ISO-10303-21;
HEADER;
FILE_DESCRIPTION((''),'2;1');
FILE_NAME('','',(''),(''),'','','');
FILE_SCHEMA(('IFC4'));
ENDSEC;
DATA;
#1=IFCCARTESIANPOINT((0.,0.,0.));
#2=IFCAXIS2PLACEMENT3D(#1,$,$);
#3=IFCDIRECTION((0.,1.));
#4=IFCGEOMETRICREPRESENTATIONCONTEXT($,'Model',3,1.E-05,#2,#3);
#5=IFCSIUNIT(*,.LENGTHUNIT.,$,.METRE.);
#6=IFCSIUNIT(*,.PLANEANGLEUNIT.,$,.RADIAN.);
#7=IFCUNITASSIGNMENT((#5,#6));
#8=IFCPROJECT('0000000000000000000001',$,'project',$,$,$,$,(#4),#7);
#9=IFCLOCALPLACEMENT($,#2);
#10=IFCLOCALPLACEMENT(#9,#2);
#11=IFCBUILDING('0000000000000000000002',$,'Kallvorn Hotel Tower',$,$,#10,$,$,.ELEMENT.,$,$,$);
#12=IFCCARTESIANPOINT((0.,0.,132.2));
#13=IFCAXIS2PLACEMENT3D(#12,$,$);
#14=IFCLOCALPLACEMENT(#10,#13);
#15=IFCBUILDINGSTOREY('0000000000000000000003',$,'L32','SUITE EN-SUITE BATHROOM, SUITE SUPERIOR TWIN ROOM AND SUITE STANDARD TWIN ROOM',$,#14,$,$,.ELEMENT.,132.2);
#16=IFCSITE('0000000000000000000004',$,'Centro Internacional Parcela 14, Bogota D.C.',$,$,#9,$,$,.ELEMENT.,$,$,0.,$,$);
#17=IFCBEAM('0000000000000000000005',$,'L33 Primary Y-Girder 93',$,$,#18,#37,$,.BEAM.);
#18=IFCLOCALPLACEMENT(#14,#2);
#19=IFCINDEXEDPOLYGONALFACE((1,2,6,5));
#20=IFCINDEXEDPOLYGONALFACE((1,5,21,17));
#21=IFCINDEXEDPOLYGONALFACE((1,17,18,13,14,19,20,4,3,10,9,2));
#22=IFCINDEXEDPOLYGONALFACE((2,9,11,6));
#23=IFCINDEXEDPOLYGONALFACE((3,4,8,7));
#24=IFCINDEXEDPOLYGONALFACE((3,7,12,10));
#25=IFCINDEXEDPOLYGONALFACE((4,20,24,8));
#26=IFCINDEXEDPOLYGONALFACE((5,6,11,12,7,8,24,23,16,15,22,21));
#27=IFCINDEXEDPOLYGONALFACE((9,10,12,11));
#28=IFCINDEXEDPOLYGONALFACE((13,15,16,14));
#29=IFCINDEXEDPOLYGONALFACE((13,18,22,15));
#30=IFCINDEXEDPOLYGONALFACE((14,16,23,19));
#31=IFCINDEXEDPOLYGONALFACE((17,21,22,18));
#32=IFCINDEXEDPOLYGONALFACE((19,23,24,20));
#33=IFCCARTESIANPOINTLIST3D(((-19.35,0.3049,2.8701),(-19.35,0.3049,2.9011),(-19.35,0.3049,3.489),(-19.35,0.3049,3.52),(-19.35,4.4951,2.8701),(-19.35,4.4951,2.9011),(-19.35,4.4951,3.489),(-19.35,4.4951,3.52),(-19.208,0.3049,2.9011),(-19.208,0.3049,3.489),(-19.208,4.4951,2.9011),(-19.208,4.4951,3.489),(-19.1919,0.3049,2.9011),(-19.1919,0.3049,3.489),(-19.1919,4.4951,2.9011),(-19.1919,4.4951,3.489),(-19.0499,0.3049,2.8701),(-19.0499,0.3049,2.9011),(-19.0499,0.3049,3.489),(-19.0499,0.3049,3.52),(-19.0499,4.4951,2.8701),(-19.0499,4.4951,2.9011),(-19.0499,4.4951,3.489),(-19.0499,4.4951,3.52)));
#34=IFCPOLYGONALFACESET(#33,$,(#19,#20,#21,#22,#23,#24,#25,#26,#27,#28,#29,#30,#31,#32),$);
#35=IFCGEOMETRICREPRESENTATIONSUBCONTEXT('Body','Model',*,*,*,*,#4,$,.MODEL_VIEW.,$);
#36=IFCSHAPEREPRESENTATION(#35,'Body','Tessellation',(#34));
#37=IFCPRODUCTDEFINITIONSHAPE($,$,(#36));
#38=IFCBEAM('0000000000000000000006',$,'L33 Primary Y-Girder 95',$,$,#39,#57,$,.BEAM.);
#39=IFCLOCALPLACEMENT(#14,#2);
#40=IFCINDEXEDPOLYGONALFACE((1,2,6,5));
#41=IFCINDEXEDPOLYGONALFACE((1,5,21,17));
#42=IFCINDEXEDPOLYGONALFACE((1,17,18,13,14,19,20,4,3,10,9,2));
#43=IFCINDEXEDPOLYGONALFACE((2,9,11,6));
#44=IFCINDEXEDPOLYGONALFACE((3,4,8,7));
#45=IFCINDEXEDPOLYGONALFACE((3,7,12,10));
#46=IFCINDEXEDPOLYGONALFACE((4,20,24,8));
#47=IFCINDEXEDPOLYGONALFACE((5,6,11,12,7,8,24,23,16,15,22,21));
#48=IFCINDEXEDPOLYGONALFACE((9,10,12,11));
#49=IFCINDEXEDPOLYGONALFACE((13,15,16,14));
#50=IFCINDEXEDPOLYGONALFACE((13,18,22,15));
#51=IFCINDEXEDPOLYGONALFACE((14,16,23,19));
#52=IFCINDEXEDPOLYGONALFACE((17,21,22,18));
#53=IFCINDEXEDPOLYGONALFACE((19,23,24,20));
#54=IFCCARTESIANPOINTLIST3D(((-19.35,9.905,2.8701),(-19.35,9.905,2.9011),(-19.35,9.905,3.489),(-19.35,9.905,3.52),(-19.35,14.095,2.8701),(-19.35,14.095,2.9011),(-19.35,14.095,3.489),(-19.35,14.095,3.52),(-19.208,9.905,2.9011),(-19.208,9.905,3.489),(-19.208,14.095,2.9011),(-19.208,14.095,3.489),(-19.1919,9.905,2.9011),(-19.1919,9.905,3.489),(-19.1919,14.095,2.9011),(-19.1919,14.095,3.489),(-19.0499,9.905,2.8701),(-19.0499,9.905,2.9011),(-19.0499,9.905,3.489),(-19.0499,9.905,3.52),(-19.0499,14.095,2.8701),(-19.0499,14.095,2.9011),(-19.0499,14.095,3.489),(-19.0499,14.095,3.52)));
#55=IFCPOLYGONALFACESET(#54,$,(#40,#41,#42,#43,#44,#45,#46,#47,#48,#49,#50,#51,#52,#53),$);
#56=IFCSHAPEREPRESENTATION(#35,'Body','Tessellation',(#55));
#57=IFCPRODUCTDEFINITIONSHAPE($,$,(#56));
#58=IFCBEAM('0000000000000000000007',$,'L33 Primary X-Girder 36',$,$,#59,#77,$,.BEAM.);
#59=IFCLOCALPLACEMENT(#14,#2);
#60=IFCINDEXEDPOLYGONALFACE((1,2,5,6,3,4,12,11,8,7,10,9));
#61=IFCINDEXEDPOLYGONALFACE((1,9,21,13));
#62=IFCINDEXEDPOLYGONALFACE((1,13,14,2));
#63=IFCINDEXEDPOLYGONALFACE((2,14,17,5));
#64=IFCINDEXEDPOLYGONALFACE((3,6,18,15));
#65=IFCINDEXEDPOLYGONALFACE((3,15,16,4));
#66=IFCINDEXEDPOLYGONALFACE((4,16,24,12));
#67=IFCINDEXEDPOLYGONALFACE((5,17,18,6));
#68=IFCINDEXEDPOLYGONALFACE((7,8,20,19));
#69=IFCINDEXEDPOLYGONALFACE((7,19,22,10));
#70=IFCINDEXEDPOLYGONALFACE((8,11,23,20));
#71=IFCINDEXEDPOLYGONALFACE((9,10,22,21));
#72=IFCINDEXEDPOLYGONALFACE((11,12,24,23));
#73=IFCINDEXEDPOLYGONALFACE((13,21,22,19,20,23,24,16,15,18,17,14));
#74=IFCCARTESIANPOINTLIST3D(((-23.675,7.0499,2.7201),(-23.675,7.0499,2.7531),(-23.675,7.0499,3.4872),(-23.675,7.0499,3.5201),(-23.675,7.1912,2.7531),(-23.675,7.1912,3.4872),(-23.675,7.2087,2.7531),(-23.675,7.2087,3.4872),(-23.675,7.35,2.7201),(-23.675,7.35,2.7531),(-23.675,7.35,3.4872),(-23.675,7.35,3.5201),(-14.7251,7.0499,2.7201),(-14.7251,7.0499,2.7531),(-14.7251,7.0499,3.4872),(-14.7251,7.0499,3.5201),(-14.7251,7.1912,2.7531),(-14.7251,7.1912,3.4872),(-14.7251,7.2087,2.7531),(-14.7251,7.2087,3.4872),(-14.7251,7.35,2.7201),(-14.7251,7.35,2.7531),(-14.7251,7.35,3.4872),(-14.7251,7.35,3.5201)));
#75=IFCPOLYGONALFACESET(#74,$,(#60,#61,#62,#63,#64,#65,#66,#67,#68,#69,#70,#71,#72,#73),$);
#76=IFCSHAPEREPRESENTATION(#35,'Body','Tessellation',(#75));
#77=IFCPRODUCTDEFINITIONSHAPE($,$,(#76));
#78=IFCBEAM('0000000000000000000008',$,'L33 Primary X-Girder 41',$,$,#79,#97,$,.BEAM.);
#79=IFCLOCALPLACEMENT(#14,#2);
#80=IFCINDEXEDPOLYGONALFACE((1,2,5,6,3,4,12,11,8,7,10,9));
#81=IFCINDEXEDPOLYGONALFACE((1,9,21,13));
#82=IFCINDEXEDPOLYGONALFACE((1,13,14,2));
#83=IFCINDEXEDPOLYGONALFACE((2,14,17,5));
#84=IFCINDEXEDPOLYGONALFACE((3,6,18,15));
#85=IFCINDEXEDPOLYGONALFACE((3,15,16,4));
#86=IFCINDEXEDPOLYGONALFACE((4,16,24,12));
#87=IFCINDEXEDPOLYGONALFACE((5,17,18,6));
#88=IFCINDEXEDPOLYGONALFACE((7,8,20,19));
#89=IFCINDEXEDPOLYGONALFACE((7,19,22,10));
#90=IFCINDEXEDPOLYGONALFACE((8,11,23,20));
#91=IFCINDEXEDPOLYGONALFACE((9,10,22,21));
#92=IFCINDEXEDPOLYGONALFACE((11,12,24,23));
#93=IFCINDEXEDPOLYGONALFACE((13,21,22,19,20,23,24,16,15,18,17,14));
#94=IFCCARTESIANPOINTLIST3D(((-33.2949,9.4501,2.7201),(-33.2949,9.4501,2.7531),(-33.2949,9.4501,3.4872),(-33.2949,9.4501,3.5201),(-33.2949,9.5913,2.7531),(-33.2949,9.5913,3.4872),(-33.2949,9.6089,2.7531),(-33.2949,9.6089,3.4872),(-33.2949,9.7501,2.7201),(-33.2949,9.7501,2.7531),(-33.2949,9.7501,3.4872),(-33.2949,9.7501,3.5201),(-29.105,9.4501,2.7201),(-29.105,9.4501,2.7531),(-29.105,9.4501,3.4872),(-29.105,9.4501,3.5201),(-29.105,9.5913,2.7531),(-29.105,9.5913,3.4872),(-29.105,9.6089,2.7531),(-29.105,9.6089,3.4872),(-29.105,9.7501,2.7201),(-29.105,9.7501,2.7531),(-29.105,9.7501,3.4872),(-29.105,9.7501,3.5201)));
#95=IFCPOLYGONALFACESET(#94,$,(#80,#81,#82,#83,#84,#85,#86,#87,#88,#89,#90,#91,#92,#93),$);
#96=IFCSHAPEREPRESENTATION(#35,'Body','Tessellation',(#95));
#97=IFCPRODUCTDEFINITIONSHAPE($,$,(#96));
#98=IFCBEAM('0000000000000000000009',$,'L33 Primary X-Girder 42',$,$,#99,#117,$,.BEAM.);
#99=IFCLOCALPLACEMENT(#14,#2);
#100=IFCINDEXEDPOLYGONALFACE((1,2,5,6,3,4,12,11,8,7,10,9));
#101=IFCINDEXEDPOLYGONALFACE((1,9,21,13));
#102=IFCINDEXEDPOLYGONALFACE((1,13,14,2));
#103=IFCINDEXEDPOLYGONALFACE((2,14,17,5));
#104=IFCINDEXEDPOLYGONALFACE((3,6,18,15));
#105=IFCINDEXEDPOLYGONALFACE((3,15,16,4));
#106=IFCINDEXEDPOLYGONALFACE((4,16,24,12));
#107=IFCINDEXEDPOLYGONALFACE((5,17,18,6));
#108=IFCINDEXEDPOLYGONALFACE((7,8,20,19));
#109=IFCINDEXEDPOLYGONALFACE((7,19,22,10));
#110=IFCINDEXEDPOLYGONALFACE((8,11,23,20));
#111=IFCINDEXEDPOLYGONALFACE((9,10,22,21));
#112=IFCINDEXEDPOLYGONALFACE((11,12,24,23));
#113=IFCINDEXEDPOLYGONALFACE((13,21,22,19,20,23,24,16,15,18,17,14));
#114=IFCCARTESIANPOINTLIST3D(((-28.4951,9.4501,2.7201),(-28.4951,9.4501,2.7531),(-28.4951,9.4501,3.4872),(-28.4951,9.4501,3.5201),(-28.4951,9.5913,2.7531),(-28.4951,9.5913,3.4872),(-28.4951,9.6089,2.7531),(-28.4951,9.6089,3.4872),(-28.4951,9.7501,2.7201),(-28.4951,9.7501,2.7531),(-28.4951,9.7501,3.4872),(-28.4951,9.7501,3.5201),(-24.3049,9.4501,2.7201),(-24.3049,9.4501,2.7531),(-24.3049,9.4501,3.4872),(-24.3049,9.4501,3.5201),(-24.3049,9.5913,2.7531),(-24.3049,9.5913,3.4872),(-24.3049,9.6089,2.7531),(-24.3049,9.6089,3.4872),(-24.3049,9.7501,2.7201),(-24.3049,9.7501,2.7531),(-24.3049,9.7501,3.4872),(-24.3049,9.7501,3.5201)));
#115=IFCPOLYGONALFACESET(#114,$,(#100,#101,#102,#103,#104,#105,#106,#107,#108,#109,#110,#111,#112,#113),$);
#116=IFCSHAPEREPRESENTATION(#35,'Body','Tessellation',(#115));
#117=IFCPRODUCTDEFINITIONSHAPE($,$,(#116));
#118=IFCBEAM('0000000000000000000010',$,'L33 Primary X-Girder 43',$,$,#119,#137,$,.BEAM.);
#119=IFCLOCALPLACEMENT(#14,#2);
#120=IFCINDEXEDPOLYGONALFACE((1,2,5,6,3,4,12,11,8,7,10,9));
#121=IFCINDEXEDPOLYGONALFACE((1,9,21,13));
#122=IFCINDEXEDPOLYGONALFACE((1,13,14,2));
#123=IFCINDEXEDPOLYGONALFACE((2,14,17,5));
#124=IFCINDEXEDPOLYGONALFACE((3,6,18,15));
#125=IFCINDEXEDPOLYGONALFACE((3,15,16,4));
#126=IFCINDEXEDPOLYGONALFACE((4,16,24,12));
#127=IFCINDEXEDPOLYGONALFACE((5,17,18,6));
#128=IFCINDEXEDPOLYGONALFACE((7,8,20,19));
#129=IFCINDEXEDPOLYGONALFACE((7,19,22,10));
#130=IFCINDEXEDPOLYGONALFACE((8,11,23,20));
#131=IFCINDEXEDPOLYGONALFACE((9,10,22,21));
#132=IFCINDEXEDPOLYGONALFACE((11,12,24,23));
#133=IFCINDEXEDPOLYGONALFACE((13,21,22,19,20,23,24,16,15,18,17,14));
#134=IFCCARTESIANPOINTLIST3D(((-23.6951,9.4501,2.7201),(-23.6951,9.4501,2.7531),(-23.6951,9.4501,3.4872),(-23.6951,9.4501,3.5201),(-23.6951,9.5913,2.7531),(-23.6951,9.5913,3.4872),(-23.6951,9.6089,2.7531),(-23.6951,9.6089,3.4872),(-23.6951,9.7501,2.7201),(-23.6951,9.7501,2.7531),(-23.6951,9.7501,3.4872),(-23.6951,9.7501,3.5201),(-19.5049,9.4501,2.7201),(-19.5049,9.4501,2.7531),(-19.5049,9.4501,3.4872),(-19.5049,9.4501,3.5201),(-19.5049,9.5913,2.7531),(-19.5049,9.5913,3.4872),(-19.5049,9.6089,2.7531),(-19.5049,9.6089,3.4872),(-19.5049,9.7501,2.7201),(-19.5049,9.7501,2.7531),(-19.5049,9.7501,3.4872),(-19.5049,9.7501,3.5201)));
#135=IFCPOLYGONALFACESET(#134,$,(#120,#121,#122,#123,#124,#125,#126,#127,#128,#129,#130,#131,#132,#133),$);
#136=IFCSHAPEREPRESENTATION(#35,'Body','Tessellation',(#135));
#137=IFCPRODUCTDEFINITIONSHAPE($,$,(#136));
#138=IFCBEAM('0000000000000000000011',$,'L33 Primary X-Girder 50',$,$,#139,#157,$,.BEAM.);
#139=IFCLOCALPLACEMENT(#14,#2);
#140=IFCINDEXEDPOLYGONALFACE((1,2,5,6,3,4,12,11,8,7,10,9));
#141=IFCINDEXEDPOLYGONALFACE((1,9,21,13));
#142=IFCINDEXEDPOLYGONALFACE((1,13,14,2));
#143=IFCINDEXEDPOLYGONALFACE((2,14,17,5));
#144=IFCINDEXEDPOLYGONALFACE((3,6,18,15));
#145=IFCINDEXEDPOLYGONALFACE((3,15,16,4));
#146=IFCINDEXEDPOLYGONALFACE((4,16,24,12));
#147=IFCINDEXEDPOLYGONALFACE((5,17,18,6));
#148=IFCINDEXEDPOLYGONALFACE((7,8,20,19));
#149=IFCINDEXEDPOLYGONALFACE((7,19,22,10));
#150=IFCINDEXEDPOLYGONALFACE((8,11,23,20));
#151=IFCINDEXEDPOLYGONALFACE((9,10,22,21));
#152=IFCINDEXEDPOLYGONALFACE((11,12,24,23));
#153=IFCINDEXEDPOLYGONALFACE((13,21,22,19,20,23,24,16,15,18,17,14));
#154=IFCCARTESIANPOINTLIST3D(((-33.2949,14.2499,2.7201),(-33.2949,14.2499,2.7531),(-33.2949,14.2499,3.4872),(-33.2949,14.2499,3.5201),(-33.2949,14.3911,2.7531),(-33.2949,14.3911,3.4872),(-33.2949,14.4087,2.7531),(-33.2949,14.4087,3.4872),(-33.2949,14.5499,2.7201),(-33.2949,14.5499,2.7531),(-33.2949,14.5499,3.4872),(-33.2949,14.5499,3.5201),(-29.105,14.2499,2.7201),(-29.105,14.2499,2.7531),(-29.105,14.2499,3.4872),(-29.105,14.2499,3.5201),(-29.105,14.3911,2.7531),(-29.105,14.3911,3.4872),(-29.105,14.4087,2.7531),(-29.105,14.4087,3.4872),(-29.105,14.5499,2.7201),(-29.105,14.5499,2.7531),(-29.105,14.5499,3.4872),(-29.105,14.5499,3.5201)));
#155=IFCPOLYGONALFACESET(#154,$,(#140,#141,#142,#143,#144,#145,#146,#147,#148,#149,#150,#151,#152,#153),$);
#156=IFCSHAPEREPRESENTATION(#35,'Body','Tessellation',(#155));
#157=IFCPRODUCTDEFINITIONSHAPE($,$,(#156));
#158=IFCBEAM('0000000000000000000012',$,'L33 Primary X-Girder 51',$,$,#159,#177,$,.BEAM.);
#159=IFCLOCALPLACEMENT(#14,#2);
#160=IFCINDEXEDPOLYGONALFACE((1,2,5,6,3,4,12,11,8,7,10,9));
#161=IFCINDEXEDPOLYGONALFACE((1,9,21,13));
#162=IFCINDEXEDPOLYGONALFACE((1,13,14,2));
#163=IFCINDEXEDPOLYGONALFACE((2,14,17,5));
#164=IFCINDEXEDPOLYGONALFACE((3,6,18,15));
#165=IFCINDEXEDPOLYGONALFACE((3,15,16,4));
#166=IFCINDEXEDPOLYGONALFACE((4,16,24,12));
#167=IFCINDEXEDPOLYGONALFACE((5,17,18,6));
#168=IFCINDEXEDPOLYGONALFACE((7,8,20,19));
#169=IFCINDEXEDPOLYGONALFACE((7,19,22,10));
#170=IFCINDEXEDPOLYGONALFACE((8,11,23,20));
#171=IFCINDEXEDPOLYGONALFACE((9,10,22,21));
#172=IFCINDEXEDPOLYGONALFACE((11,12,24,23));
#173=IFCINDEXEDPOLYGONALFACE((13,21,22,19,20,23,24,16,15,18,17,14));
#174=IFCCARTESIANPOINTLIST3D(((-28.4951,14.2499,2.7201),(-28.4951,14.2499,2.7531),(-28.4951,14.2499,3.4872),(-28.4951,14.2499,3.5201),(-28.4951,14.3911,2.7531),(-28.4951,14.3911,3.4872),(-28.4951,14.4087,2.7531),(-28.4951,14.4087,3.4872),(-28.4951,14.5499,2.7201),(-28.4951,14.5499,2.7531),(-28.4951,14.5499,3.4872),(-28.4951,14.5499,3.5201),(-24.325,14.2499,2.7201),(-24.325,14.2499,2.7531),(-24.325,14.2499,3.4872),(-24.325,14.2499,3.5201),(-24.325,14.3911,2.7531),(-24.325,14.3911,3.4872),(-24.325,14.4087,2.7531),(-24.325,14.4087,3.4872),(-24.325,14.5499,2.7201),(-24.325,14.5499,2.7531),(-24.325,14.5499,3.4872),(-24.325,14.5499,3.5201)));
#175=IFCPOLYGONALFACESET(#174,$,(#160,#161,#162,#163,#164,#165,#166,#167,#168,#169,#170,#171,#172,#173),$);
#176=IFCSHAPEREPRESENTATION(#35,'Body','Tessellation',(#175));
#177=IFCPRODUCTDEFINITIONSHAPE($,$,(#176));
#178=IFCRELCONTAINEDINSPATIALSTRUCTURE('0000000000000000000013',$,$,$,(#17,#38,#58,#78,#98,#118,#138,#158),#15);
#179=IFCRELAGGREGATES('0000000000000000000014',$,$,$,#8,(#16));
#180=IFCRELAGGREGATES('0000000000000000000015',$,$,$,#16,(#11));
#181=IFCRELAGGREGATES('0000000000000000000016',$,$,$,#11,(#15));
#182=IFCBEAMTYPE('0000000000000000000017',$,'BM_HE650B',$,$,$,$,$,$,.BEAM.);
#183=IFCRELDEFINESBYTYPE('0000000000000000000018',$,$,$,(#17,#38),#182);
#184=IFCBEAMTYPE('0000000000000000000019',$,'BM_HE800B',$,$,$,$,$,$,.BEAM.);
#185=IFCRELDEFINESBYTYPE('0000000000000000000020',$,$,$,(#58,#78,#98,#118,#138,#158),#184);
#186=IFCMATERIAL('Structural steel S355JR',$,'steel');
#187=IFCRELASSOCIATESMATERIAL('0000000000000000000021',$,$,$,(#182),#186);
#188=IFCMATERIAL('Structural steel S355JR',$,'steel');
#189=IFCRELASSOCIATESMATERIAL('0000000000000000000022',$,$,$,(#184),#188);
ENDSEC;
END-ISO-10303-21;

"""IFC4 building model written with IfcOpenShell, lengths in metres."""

from ifc_helpers import new_model, si_unit, direction, frame, origin, origin_2d, place, context, subcontext, project, spatial, i_section, extrude, material, material_profile, profile_set, type_object, element, save


model = new_model("IFC4")

# Units and contexts
model_context = context("Model", 3, precision=1e-05, world=origin(), true_north=direction((0.0, 1.0)))
body_context = subcontext(model_context, "Body", "Model", "MODEL_VIEW")
ifc_project = project(units=[si_unit("LENGTHUNIT", "METRE"), si_unit("PLANEANGLEUNIT", "RADIAN")], contexts=[model_context])

# Site, building, storey
site_placement = place(None, origin())
site = spatial("IfcSite", under=ifc_project, at=site_placement, Name="Centro Internacional Parcela 14, Bogota D.C.", CompositionType="ELEMENT", RefElevation=0.0)
building_placement = place(site_placement, origin())
building = spatial("IfcBuilding", under=site, at=building_placement, Name="Kallvorn Hotel Tower", CompositionType="ELEMENT")
storey_placement = place(building_placement, frame((0.0, 0.0, 132.2)))
storey = spatial("IfcBuildingStorey", under=building, at=storey_placement, Name="L32", Description="SUITE EN-SUITE BATHROOM, SUITE SUPERIOR TWIN ROOM AND SUITE STANDARD TWIN ROOM", CompositionType="ELEMENT", Elevation=132.2)

# Beams
ifc_material_1 = material(Name="Structural steel S355JR", Category="steel")
ifc_material_profile_1 = material_profile(ifc_material_1, i_section(OverallWidth=0.3, OverallDepth=0.6499, WebThickness=0.0161, FlangeThickness=0.031, at=origin_2d()), Name="HE 650 B")
ifc_profile_set_1 = profile_set([ifc_material_profile_1], Name="Structural steel S355JR")
beam_type_1 = type_object("IfcBeamType", Name="BM_HE650B", PredefinedType="BEAM", material=ifc_profile_set_1)
beam_1_placement = place(storey_placement, frame((-19.2, 0.3049, 3.1951), z_axis=(0.0, 1.0, 0.0), x_axis=(-1.0, 0.0, 0.0)))
element("IfcBeam", 1, at=beam_1_placement, inside=storey, type_object=beam_type_1, Name="L33 Primary Y-Girder 93", PredefinedType="BEAM", context=body_context, shape_type="SweptSolid", body=[
    extrude(i_section(OverallWidth=0.3, OverallDepth=0.6499, WebThickness=0.0161, FlangeThickness=0.031, at=origin_2d()), origin(), (0.0, 0.0, 1.0), 4.1902),
])
beam_2_placement = place(storey_placement, frame((-19.2, 9.905, 3.1951), z_axis=(0.0, 1.0, 0.0), x_axis=(-1.0, 0.0, 0.0)))
element("IfcBeam", 2, at=beam_2_placement, inside=storey, type_object=beam_type_1, Name="L33 Primary Y-Girder 95", PredefinedType="BEAM", context=body_context, shape_type="SweptSolid", body=[
    extrude(i_section(OverallWidth=0.3, OverallDepth=0.6499, WebThickness=0.0161, FlangeThickness=0.031, at=origin_2d()), origin(), (0.0, 0.0, 1.0), 4.1899),
])
ifc_material_2 = material(Name="Structural steel S355JR", Category="steel")
ifc_material_profile_2 = material_profile(ifc_material_2, i_section(OverallWidth=0.3, OverallDepth=0.8, WebThickness=0.0176, FlangeThickness=0.033, at=origin_2d()), Name="HE 800 B")
ifc_profile_set_2 = profile_set([ifc_material_profile_2], Name="Structural steel S355JR")
beam_type_2 = type_object("IfcBeamType", Name="BM_HE800B", PredefinedType="BEAM", material=ifc_profile_set_2)
beam_3_placement = place(storey_placement, frame((-23.675, 7.2, 3.1201), z_axis=(1.0, 0.0, 0.0), x_axis=(0.0, 1.0, 0.0)))
element("IfcBeam", 3, at=beam_3_placement, inside=storey, type_object=beam_type_2, Name="L33 Primary X-Girder 36", PredefinedType="BEAM", context=body_context, shape_type="SweptSolid", body=[
    extrude(i_section(OverallWidth=0.3, OverallDepth=0.8, WebThickness=0.0176, FlangeThickness=0.033, at=origin_2d()), origin(), (0.0, 0.0, 1.0), 8.95),
])
beam_4_placement = place(storey_placement, frame((-33.2949, 9.6001, 3.1201), z_axis=(1.0, 0.0, 0.0), x_axis=(0.0, 1.0, 0.0)))
element("IfcBeam", 4, at=beam_4_placement, inside=storey, type_object=beam_type_2, Name="L33 Primary X-Girder 41", PredefinedType="BEAM", context=body_context, shape_type="SweptSolid", body=[
    extrude(i_section(OverallWidth=0.3, OverallDepth=0.8, WebThickness=0.0176, FlangeThickness=0.033, at=origin_2d()), origin(), (0.0, 0.0, 1.0), 4.1899),
])
for number, where, z_axis, x_axis, name in (
    (5, (-28.4951, 9.6001, 3.1201), (1.0, 0.0, 0.0), (0.0, 1.0, 0.0), "L33 Primary X-Girder 42"),
    (6, (-23.6951, 9.6001, 3.1201), (1.0, 0.0, 0.0), (0.0, 1.0, 0.0), "L33 Primary X-Girder 43"),
):
    element("IfcBeam", number, at=place(storey_placement, frame(where, z_axis=z_axis, x_axis=x_axis)), inside=storey, type_object=beam_type_2, Name=name, PredefinedType="BEAM", context=body_context, shape_type="SweptSolid", body=[
        extrude(i_section(OverallWidth=0.3, OverallDepth=0.8, WebThickness=0.0176, FlangeThickness=0.033, at=origin_2d()), origin(), (0.0, 0.0, 1.0), 4.1902),
    ])
beam_5_placement = place(storey_placement, frame((-33.2949, 14.3999, 3.1201), z_axis=(1.0, 0.0, 0.0), x_axis=(0.0, 1.0, 0.0)))
element("IfcBeam", 7, at=beam_5_placement, inside=storey, type_object=beam_type_2, Name="L33 Primary X-Girder 50", PredefinedType="BEAM", context=body_context, shape_type="SweptSolid", body=[
    extrude(i_section(OverallWidth=0.3, OverallDepth=0.8, WebThickness=0.0176, FlangeThickness=0.033, at=origin_2d()), origin(), (0.0, 0.0, 1.0), 4.1899),
])
beam_6_placement = place(storey_placement, frame((-28.4951, 14.3999, 3.1201), z_axis=(1.0, 0.0, 0.0), x_axis=(0.0, 1.0, 0.0)))
element("IfcBeam", 8, at=beam_6_placement, inside=storey, type_object=beam_type_2, Name="L33 Primary X-Girder 51", PredefinedType="BEAM", context=body_context, shape_type="SweptSolid", body=[
    extrude(i_section(OverallWidth=0.3, OverallDepth=0.8, WebThickness=0.0176, FlangeThickness=0.033, at=origin_2d()), origin(), (0.0, 0.0, 1.0), 4.1702),
])

save(model, "model.ifc")
